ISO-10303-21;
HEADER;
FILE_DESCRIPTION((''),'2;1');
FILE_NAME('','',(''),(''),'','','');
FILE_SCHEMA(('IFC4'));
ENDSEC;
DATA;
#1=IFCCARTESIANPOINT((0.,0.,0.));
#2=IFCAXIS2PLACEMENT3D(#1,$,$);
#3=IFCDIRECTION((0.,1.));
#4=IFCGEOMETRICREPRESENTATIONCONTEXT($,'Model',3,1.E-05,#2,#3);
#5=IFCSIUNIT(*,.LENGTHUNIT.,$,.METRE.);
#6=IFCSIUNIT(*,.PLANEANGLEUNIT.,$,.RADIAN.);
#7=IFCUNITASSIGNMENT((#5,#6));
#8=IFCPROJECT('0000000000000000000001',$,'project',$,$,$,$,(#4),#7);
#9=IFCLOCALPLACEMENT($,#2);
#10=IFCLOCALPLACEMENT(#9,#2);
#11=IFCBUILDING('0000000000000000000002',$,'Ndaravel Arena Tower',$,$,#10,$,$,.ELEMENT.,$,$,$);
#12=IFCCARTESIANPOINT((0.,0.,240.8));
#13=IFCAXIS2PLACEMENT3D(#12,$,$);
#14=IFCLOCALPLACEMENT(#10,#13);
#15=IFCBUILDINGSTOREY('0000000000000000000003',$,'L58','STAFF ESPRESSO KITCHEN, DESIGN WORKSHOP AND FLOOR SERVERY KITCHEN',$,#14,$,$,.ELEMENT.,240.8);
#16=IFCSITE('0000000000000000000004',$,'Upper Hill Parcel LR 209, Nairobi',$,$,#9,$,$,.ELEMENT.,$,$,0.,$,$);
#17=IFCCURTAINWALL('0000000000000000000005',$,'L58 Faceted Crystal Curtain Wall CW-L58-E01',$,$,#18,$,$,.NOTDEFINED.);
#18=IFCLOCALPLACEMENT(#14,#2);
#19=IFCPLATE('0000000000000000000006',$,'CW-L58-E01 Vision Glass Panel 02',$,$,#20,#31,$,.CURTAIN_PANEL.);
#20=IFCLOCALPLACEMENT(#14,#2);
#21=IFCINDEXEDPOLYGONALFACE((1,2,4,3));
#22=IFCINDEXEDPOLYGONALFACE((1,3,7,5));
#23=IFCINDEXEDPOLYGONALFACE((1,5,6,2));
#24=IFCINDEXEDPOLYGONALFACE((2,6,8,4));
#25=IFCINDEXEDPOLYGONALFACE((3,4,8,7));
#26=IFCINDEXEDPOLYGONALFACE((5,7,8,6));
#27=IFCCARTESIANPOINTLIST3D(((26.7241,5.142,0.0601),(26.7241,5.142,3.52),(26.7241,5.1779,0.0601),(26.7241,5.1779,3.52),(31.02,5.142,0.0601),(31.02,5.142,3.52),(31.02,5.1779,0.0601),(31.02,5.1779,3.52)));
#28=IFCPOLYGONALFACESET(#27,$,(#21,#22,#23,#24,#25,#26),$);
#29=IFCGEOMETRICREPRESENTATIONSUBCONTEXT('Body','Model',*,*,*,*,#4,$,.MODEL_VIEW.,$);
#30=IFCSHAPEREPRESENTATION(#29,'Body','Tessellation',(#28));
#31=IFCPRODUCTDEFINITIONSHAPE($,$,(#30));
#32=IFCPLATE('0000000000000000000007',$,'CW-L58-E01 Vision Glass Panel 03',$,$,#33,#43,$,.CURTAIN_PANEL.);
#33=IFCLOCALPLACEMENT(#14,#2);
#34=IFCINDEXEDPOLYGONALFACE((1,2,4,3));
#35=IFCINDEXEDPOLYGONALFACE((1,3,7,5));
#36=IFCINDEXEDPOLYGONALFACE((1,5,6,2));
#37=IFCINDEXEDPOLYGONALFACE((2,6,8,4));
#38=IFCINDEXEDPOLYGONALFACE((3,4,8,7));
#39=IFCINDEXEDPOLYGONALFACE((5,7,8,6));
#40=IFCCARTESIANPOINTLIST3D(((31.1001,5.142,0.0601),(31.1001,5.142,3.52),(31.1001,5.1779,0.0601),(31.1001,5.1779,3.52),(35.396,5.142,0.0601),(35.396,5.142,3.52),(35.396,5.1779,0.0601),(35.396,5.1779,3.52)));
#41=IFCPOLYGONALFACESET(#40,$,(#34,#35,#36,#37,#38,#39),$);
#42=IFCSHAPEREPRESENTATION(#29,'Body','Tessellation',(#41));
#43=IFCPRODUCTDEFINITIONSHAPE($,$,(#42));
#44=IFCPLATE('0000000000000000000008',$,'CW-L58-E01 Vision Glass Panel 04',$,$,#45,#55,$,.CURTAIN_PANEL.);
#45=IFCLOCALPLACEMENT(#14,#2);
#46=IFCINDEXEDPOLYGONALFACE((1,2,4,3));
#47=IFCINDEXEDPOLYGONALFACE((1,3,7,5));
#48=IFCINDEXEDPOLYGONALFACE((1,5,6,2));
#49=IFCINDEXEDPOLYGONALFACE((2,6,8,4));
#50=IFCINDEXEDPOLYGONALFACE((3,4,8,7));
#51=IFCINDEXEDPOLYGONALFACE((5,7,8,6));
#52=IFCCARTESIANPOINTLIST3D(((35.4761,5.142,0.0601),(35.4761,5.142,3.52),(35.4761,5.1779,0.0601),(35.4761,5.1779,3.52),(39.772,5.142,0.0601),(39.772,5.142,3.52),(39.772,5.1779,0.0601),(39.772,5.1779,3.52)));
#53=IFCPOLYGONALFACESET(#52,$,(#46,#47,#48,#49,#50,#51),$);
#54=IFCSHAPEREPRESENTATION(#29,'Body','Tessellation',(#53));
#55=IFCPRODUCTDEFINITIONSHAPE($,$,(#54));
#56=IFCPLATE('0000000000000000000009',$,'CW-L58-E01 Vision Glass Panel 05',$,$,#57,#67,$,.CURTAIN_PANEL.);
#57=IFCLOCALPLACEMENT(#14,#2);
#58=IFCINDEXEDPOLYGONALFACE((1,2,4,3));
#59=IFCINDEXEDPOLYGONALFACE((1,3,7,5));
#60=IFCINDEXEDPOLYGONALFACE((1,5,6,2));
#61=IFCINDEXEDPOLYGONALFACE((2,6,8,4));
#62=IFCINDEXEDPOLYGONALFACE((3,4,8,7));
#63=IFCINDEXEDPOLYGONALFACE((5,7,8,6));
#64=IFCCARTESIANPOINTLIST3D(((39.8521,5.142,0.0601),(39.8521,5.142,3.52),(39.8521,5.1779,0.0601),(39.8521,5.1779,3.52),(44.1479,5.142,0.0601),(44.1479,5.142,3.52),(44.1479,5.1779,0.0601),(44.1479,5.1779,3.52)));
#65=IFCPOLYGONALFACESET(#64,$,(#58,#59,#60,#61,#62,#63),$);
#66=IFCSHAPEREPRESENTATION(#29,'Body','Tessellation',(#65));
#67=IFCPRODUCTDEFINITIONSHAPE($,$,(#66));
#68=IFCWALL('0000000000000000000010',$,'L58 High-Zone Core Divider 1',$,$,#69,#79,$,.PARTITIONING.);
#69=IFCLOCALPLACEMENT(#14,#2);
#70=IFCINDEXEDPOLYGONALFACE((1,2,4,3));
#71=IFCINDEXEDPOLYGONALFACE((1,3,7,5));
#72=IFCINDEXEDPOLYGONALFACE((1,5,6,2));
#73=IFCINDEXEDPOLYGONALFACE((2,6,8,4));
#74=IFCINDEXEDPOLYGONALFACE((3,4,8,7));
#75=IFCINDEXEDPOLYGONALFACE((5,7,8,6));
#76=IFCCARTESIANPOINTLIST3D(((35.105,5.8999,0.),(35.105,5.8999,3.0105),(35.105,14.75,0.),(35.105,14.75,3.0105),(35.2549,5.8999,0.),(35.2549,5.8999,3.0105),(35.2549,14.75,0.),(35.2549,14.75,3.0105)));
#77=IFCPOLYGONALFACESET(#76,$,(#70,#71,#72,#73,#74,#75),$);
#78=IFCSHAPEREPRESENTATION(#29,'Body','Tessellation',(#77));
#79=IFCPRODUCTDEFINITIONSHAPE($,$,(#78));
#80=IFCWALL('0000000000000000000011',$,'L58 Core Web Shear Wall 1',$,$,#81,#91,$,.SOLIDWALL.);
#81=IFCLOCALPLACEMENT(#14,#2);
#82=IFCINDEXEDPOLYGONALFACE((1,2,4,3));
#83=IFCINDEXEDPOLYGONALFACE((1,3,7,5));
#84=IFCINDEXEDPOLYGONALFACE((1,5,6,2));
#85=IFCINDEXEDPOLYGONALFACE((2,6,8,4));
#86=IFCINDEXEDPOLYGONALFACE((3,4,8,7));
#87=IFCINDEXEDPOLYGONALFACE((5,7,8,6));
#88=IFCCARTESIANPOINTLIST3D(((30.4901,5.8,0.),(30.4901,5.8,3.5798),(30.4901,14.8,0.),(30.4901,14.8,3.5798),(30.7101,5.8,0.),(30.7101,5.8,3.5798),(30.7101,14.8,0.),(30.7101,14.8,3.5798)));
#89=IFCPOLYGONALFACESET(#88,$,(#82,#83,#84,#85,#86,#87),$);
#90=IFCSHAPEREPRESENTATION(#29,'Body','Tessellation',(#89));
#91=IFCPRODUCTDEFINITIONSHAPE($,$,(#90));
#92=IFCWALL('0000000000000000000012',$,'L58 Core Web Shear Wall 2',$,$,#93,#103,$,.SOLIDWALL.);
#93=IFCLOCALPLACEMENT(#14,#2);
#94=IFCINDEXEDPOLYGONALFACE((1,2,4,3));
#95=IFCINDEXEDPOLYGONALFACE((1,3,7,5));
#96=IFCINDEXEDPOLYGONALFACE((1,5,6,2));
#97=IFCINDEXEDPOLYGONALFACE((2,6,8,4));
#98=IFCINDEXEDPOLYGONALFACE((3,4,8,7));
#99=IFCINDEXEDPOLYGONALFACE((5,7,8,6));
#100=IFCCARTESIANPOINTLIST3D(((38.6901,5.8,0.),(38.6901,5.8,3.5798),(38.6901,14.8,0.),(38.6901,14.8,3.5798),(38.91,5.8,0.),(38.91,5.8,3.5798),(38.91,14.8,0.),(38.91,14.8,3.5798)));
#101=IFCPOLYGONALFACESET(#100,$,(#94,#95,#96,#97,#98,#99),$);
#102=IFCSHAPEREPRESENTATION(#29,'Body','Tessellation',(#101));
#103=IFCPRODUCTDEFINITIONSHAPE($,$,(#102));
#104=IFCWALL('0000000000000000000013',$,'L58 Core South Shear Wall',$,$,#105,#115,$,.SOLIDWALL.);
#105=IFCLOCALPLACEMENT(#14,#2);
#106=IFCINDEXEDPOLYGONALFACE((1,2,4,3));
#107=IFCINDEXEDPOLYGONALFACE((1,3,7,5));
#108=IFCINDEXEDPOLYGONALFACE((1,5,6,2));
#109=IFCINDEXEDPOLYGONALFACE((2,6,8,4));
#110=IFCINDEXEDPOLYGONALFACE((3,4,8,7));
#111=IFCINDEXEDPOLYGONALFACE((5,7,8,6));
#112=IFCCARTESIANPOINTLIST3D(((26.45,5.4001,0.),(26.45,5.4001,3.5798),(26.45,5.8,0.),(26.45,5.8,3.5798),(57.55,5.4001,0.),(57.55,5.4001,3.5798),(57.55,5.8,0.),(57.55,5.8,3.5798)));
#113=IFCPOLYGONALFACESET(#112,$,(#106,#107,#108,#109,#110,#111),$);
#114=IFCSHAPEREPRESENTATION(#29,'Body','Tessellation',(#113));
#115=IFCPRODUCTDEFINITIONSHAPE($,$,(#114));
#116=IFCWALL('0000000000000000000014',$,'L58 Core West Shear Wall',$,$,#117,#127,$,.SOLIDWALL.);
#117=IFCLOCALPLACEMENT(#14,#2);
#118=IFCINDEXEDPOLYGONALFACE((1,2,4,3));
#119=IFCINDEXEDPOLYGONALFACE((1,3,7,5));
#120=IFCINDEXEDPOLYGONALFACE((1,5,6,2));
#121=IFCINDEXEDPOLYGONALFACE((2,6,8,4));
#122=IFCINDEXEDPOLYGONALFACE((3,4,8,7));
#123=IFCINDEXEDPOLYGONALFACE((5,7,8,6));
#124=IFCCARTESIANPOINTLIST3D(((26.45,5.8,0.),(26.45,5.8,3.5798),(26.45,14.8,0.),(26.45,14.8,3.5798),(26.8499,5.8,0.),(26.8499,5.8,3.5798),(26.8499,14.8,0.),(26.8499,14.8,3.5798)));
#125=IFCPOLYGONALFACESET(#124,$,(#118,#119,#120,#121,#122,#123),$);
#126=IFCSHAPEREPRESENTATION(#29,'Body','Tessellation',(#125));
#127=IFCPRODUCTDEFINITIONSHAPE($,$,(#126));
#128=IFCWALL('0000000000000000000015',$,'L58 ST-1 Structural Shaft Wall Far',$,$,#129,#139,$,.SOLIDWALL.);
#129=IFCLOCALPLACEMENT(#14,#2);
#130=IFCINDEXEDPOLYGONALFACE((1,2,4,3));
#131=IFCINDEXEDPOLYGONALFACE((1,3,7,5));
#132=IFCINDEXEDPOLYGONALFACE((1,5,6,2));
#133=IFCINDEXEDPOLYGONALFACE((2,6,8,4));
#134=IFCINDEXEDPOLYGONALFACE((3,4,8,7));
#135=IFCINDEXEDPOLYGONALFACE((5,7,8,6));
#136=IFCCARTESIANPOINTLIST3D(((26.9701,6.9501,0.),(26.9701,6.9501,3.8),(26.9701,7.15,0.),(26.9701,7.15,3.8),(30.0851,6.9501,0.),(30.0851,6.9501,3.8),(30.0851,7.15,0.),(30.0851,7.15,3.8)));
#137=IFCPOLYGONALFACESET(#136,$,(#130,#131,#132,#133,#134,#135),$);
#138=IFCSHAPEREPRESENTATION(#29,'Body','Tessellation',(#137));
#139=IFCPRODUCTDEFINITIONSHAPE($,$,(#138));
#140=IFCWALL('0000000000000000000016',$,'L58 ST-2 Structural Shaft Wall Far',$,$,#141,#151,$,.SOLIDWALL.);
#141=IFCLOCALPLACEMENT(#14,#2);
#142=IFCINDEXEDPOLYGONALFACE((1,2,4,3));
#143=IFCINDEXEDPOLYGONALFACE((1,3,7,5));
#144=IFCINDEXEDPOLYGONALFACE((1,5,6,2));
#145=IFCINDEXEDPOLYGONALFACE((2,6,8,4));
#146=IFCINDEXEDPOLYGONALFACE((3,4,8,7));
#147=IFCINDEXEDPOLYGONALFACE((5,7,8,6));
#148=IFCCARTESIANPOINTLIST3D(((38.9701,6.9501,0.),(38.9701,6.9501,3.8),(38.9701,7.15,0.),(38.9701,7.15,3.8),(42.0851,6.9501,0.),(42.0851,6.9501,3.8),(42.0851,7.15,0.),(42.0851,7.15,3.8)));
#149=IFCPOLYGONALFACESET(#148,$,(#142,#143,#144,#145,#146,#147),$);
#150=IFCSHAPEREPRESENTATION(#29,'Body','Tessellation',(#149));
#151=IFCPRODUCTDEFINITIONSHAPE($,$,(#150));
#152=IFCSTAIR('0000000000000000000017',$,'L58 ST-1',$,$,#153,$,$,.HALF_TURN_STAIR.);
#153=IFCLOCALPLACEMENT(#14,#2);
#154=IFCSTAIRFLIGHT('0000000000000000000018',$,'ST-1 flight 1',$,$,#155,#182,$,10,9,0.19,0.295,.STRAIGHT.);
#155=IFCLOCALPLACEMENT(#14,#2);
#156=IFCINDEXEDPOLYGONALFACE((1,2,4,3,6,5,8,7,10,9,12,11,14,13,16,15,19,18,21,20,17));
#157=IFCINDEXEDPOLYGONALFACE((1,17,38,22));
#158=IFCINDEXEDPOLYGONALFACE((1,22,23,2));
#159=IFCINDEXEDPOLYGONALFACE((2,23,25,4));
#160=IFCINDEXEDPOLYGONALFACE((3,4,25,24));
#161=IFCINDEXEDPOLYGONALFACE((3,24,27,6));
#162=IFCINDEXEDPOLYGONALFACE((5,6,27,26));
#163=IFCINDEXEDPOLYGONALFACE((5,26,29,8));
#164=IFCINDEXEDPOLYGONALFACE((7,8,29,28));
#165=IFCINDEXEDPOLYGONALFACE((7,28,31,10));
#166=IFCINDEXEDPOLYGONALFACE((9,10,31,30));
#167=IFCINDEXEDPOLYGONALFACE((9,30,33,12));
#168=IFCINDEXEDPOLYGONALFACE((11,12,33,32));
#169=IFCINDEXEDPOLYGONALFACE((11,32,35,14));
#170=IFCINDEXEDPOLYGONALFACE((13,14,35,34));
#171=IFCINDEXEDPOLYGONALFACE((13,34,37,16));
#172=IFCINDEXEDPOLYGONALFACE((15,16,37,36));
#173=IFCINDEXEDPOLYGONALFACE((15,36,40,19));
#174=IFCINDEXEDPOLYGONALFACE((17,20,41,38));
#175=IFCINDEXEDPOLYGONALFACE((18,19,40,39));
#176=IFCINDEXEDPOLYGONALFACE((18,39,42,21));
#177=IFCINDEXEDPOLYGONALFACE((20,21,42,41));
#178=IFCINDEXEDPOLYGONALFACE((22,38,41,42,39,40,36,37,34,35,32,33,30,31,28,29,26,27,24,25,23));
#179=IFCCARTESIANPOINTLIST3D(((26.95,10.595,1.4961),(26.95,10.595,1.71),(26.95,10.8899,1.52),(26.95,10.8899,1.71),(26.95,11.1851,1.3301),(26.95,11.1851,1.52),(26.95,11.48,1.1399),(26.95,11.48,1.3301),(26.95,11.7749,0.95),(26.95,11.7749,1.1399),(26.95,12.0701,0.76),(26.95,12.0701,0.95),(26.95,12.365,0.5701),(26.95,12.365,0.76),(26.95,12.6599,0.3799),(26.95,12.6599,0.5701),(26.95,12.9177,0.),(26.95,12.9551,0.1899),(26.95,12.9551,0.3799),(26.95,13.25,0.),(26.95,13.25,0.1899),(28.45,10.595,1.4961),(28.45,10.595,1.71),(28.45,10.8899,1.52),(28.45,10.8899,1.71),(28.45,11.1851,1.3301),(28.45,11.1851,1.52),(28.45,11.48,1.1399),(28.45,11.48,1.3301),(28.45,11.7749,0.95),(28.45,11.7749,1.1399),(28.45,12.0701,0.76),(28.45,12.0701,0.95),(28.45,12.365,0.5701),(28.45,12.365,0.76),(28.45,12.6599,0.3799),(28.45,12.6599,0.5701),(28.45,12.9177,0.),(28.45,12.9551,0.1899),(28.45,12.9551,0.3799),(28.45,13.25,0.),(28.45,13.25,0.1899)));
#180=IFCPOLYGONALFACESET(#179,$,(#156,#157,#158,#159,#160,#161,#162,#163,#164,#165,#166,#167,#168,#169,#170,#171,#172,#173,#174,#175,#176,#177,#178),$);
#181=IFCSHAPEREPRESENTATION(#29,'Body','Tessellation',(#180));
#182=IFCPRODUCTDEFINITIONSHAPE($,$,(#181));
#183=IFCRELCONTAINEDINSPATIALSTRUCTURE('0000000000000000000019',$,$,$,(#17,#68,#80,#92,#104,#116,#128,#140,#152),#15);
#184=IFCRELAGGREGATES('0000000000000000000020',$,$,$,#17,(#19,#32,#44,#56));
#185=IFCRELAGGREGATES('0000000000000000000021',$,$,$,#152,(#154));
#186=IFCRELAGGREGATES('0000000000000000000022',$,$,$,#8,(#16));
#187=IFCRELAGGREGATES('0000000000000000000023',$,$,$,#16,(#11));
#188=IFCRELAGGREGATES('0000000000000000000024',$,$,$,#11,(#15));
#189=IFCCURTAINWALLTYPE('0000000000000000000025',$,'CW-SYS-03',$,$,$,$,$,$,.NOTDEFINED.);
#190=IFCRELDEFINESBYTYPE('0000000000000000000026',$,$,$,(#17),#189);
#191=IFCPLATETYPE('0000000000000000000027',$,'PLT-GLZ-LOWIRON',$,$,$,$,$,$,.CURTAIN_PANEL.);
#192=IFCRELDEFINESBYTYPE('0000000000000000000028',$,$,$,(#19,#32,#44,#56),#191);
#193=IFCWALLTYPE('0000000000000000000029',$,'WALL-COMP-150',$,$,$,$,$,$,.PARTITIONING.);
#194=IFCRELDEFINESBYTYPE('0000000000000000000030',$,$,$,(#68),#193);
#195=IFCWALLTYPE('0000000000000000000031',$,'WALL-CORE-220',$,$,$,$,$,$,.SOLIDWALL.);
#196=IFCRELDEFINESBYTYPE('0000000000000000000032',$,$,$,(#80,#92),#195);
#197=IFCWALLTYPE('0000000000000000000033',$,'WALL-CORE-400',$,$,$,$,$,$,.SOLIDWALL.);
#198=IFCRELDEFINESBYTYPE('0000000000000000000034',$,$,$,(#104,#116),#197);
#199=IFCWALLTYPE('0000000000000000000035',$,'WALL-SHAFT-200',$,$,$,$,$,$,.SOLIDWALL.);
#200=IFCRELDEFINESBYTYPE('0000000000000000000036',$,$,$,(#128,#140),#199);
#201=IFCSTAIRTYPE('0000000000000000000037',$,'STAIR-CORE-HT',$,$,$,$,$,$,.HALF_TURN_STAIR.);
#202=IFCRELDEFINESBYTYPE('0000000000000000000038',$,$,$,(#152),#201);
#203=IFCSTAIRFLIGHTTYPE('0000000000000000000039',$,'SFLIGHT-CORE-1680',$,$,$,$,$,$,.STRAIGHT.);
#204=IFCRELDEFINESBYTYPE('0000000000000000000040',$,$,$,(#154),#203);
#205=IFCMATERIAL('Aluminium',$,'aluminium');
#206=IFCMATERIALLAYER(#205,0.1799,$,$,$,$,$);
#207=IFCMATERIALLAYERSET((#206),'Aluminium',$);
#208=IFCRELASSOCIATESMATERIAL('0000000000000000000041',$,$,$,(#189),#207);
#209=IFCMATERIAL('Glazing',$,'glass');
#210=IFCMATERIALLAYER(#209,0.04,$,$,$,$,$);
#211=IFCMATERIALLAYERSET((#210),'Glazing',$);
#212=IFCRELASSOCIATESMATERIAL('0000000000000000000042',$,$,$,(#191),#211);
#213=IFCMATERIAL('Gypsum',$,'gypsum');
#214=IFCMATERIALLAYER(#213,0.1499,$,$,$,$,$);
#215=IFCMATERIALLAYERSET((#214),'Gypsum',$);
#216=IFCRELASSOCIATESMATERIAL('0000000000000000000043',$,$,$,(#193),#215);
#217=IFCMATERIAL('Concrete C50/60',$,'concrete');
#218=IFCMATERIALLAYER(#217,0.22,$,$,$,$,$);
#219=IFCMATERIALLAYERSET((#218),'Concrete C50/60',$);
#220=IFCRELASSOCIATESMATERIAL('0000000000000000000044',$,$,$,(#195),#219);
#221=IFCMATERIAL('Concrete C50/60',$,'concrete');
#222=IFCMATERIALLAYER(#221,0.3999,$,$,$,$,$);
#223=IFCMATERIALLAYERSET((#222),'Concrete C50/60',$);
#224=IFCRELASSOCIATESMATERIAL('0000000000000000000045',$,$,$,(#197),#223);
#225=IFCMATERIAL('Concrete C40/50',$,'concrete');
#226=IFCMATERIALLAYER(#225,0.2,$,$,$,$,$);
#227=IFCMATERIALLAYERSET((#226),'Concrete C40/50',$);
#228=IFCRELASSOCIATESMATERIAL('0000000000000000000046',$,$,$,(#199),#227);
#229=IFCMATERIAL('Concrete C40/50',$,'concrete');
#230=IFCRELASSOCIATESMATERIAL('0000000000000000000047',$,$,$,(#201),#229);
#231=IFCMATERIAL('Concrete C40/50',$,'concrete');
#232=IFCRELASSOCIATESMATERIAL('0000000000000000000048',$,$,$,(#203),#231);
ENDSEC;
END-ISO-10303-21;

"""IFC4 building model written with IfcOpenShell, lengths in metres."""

from ifc_helpers import new_model, si_unit, direction, frame, frame_2d, origin, origin_2d, place, context, subcontext, project, spatial, polyline, rectangle, outline, extrude, material, layer, layer_set, type_object, element, aggregate, save


model = new_model("IFC4")

# Units and contexts
model_context = context("Model", 3, precision=1e-05, world=origin(), true_north=direction((0.0, 1.0)))
body_context = subcontext(model_context, "Body", "Model", "MODEL_VIEW")
ifc_project = project(units=[si_unit("LENGTHUNIT", "METRE"), si_unit("PLANEANGLEUNIT", "RADIAN")], contexts=[model_context])

# Site, building, storey
site_placement = place(None, origin())
site = spatial("IfcSite", under=ifc_project, at=site_placement, Name="Upper Hill Parcel LR 209, Nairobi", CompositionType="ELEMENT", RefElevation=0.0)
building_placement = place(site_placement, origin())
building = spatial("IfcBuilding", under=site, at=building_placement, Name="Ndaravel Arena Tower", CompositionType="ELEMENT")
storey_placement = place(building_placement, frame((0.0, 0.0, 240.8)))
storey = spatial("IfcBuildingStorey", under=building, at=storey_placement, Name="L58", Description="STAFF ESPRESSO KITCHEN, DESIGN WORKSHOP AND FLOOR SERVERY KITCHEN", CompositionType="ELEMENT", Elevation=240.8)

# Curtain wall, plates
ifc_material_1 = material(Name="Aluminium", Category="aluminium")
ifc_layer_1 = layer(ifc_material_1, 0.1799)
ifc_layer_set_1 = layer_set([ifc_layer_1], Name="Aluminium")
curtain_wall_type = type_object("IfcCurtainWallType", Name="CW-SYS-03", PredefinedType="NOTDEFINED", material=ifc_layer_set_1)
curtain_wall_placement = place(storey_placement, origin())
curtain_wall = element("IfcCurtainWall", 1, at=curtain_wall_placement, inside=storey, type_object=curtain_wall_type, Name="L58 Faceted Crystal Curtain Wall CW-L58-E01", PredefinedType="NOTDEFINED")
ifc_material_2 = material(Name="Glazing", Category="glass")
ifc_layer_2 = layer(ifc_material_2, 0.04)
ifc_layer_set_2 = layer_set([ifc_layer_2], Name="Glazing")
plate_type = type_object("IfcPlateType", Name="PLT-GLZ-LOWIRON", PredefinedType="CURTAIN_PANEL", material=ifc_layer_set_2)
plate_1_placement = place(storey_placement, frame((28.8721, 5.1599, 0.0601), z_axis=(0.0, 0.0, 1.0), x_axis=(1.0, 0.0, 0.0)))
plate_1 = element("IfcPlate", 2, at=plate_1_placement, type_object=plate_type, Name="CW-L58-E01 Vision Glass Panel 02", PredefinedType="CURTAIN_PANEL", context=body_context, shape_type="SweptSolid", body=[
    extrude(rectangle(XDim=4.2959, YDim=0.0359, at=origin_2d()), origin(), (0.0, 0.0, 1.0), 3.46),
])
plate_2_placement = place(storey_placement, frame((33.248, 5.1599, 0.0601), z_axis=(0.0, 0.0, 1.0), x_axis=(1.0, 0.0, 0.0)))
plate_2 = element("IfcPlate", 3, at=plate_2_placement, type_object=plate_type, Name="CW-L58-E01 Vision Glass Panel 03", PredefinedType="CURTAIN_PANEL", context=body_context, shape_type="SweptSolid", body=[
    extrude(rectangle(XDim=4.2959, YDim=0.0359, at=origin_2d()), origin(), (0.0, 0.0, 1.0), 3.46),
])
plate_3_placement = place(storey_placement, frame((37.624, 5.1599, 0.0601), z_axis=(0.0, 0.0, 1.0), x_axis=(1.0, 0.0, 0.0)))
plate_3 = element("IfcPlate", 4, at=plate_3_placement, type_object=plate_type, Name="CW-L58-E01 Vision Glass Panel 04", PredefinedType="CURTAIN_PANEL", context=body_context, shape_type="SweptSolid", body=[
    extrude(rectangle(XDim=4.2959, YDim=0.0359, at=origin_2d()), origin(), (0.0, 0.0, 1.0), 3.46),
])
plate_4_placement = place(storey_placement, frame((42.0, 5.1599, 0.0601), z_axis=(0.0, 0.0, 1.0), x_axis=(1.0, 0.0, 0.0)))
plate_4 = element("IfcPlate", 5, at=plate_4_placement, type_object=plate_type, Name="CW-L58-E01 Vision Glass Panel 05", PredefinedType="CURTAIN_PANEL", context=body_context, shape_type="SweptSolid", body=[
    extrude(rectangle(XDim=4.2959, YDim=0.0359, at=origin_2d()), origin(), (0.0, 0.0, 1.0), 3.46),
])
aggregate(curtain_wall, [plate_1, plate_2, plate_3, plate_4])

# Walls
ifc_material_3 = material(Name="Gypsum", Category="gypsum")
ifc_layer_3 = layer(ifc_material_3, 0.1499)
ifc_layer_set_3 = layer_set([ifc_layer_3], Name="Gypsum")
wall_type_1 = type_object("IfcWallType", Name="WALL-COMP-150", PredefinedType="PARTITIONING", material=ifc_layer_set_3)
wall_1_placement = place(storey_placement, frame((35.1799, 5.8999, 0.0), z_axis=(0.0, 0.0, 1.0), x_axis=(0.0, 1.0, 0.0)))
element("IfcWall", 6, at=wall_1_placement, inside=storey, type_object=wall_type_1, Name="L58 High-Zone Core Divider 1", PredefinedType="PARTITIONING", context=body_context, shape_type="SweptSolid", body=[
    extrude(rectangle(XDim=8.8501, YDim=0.1499, at=frame_2d((4.425, 0.0))), origin(), (0.0, 0.0, 1.0), 3.0105),
])
ifc_material_4 = material(Name="Concrete C50/60", Category="concrete")
ifc_layer_4 = layer(ifc_material_4, 0.22)
ifc_layer_set_4 = layer_set([ifc_layer_4], Name="Concrete C50/60")
wall_type_2 = type_object("IfcWallType", Name="WALL-CORE-220", PredefinedType="SOLIDWALL", material=ifc_layer_set_4)
for number, where, z_axis, x_axis, name in (
    (7, (30.6001, 5.8, 0.0), (0.0, 0.0, 1.0), (0.0, 1.0, 0.0), "L58 Core Web Shear Wall 1"),
    (8, (38.8, 5.8, 0.0), (0.0, 0.0, 1.0), (0.0, 1.0, 0.0), "L58 Core Web Shear Wall 2"),
):
    element("IfcWall", number, at=place(storey_placement, frame(where, z_axis=z_axis, x_axis=x_axis)), inside=storey, type_object=wall_type_2, Name=name, PredefinedType="SOLIDWALL", context=body_context, shape_type="SweptSolid", body=[
        extrude(rectangle(XDim=9.0, YDim=0.22, at=frame_2d((4.5, 0.0))), origin(), (0.0, 0.0, 1.0), 3.5798),
    ])
ifc_material_5 = material(Name="Concrete C50/60", Category="concrete")
ifc_layer_5 = layer(ifc_material_5, 0.3999)
ifc_layer_set_5 = layer_set([ifc_layer_5], Name="Concrete C50/60")
wall_type_3 = type_object("IfcWallType", Name="WALL-CORE-400", PredefinedType="SOLIDWALL", material=ifc_layer_set_5)
wall_2_placement = place(storey_placement, frame((26.45, 5.6001, 0.0), z_axis=(0.0, 0.0, 1.0), x_axis=(1.0, 0.0, 0.0)))
element("IfcWall", 9, at=wall_2_placement, inside=storey, type_object=wall_type_3, Name="L58 Core South Shear Wall", PredefinedType="SOLIDWALL", context=body_context, shape_type="SweptSolid", body=[
    extrude(rectangle(XDim=31.1001, YDim=0.3999, at=frame_2d((15.55, 0.0))), origin(), (0.0, 0.0, 1.0), 3.5798),
])
wall_3_placement = place(storey_placement, frame((26.6499, 5.8, 0.0), z_axis=(0.0, 0.0, 1.0), x_axis=(0.0, 1.0, 0.0)))
element("IfcWall", 10, at=wall_3_placement, inside=storey, type_object=wall_type_3, Name="L58 Core West Shear Wall", PredefinedType="SOLIDWALL", context=body_context, shape_type="SweptSolid", body=[
    extrude(rectangle(XDim=9.0, YDim=0.3999, at=frame_2d((4.5, 0.0))), origin(), (0.0, 0.0, 1.0), 3.5798),
])
ifc_material_6 = material(Name="Concrete C40/50", Category="concrete")
ifc_layer_6 = layer(ifc_material_6, 0.2)
ifc_layer_set_6 = layer_set([ifc_layer_6], Name="Concrete C40/50")
wall_type_4 = type_object("IfcWallType", Name="WALL-SHAFT-200", PredefinedType="SOLIDWALL", material=ifc_layer_set_6)
for number, where, z_axis, x_axis, name in (
    (11, (26.97, 7.05, 0.0), (0.0, 0.0, 1.0), (1.0, 0.0, 0.0), "L58 ST-1 Structural Shaft Wall Far"),
    (12, (38.97, 7.05, 0.0), (0.0, 0.0, 1.0), (1.0, 0.0, 0.0), "L58 ST-2 Structural Shaft Wall Far"),
):
    element("IfcWall", number, at=place(storey_placement, frame(where, z_axis=z_axis, x_axis=x_axis)), inside=storey, type_object=wall_type_4, Name=name, PredefinedType="SOLIDWALL", context=body_context, shape_type="SweptSolid", body=[
        extrude(rectangle(XDim=3.115, YDim=0.2, at=frame_2d((1.5576, 0.0))), origin(), (0.0, 0.0, 1.0), 3.8),
    ])

# Stair, stair flight
ifc_material_7 = material(Name="Concrete C40/50", Category="concrete")
stair_type = type_object("IfcStairType", Name="STAIR-CORE-HT", PredefinedType="HALF_TURN_STAIR", material=ifc_material_7)
stair_1_placement = place(storey_placement, origin())
stair_1 = element("IfcStair", 13, at=stair_1_placement, inside=storey, type_object=stair_type, Name="L58 ST-1", PredefinedType="HALF_TURN_STAIR")
ifc_material_8 = material(Name="Concrete C40/50", Category="concrete")
stair_flight_type = type_object("IfcStairFlightType", Name="SFLIGHT-CORE-1680", PredefinedType="STRAIGHT", material=ifc_material_8)
stair_flight_1_placement = place(storey_placement, frame((27.7, 13.25, 0.0), z_axis=(0.0, 0.0, 1.0), x_axis=(0.0, -1.0, 0.0)))
stair_flight_1 = element("IfcStairFlight", 14, at=stair_flight_1_placement, type_object=stair_flight_type, Name="ST-1 flight 1", NumberOfRisers=10, NumberOfTreads=9, PredefinedType="STRAIGHT", RiserHeight=0.19, TreadLength=0.295, context=body_context, shape_type="SweptSolid", body=[
    extrude(outline(polyline([(0.0, 0.0), (0.0, 0.1899), (0.2949, 0.1899), (0.2949, 0.3799), (0.5901, 0.3799), (0.5901, 0.5701), (0.885, 0.5701), (0.885, 0.76), (1.1799, 0.76), (1.1799, 0.95), (1.4751, 0.95), (1.4751, 1.1399), (1.77, 1.1399), (1.77, 1.3301), (2.0649, 1.3301), (2.0649, 1.52), (2.3601, 1.52), (2.3601, 1.71), (2.655, 1.71), (2.655, 1.8999), (2.655, 1.4961), (0.3323, 0.0), (0.0, 0.0)])), frame((0.0, 0.75, 0.0), z_axis=(0.0, -1.0, 0.0), x_axis=(1.0, 0.0, 0.0)), (0.0, 0.0, 1.0), 1.5),
])
aggregate(stair_1, [stair_flight_1])

save(model, "model.ifc")
